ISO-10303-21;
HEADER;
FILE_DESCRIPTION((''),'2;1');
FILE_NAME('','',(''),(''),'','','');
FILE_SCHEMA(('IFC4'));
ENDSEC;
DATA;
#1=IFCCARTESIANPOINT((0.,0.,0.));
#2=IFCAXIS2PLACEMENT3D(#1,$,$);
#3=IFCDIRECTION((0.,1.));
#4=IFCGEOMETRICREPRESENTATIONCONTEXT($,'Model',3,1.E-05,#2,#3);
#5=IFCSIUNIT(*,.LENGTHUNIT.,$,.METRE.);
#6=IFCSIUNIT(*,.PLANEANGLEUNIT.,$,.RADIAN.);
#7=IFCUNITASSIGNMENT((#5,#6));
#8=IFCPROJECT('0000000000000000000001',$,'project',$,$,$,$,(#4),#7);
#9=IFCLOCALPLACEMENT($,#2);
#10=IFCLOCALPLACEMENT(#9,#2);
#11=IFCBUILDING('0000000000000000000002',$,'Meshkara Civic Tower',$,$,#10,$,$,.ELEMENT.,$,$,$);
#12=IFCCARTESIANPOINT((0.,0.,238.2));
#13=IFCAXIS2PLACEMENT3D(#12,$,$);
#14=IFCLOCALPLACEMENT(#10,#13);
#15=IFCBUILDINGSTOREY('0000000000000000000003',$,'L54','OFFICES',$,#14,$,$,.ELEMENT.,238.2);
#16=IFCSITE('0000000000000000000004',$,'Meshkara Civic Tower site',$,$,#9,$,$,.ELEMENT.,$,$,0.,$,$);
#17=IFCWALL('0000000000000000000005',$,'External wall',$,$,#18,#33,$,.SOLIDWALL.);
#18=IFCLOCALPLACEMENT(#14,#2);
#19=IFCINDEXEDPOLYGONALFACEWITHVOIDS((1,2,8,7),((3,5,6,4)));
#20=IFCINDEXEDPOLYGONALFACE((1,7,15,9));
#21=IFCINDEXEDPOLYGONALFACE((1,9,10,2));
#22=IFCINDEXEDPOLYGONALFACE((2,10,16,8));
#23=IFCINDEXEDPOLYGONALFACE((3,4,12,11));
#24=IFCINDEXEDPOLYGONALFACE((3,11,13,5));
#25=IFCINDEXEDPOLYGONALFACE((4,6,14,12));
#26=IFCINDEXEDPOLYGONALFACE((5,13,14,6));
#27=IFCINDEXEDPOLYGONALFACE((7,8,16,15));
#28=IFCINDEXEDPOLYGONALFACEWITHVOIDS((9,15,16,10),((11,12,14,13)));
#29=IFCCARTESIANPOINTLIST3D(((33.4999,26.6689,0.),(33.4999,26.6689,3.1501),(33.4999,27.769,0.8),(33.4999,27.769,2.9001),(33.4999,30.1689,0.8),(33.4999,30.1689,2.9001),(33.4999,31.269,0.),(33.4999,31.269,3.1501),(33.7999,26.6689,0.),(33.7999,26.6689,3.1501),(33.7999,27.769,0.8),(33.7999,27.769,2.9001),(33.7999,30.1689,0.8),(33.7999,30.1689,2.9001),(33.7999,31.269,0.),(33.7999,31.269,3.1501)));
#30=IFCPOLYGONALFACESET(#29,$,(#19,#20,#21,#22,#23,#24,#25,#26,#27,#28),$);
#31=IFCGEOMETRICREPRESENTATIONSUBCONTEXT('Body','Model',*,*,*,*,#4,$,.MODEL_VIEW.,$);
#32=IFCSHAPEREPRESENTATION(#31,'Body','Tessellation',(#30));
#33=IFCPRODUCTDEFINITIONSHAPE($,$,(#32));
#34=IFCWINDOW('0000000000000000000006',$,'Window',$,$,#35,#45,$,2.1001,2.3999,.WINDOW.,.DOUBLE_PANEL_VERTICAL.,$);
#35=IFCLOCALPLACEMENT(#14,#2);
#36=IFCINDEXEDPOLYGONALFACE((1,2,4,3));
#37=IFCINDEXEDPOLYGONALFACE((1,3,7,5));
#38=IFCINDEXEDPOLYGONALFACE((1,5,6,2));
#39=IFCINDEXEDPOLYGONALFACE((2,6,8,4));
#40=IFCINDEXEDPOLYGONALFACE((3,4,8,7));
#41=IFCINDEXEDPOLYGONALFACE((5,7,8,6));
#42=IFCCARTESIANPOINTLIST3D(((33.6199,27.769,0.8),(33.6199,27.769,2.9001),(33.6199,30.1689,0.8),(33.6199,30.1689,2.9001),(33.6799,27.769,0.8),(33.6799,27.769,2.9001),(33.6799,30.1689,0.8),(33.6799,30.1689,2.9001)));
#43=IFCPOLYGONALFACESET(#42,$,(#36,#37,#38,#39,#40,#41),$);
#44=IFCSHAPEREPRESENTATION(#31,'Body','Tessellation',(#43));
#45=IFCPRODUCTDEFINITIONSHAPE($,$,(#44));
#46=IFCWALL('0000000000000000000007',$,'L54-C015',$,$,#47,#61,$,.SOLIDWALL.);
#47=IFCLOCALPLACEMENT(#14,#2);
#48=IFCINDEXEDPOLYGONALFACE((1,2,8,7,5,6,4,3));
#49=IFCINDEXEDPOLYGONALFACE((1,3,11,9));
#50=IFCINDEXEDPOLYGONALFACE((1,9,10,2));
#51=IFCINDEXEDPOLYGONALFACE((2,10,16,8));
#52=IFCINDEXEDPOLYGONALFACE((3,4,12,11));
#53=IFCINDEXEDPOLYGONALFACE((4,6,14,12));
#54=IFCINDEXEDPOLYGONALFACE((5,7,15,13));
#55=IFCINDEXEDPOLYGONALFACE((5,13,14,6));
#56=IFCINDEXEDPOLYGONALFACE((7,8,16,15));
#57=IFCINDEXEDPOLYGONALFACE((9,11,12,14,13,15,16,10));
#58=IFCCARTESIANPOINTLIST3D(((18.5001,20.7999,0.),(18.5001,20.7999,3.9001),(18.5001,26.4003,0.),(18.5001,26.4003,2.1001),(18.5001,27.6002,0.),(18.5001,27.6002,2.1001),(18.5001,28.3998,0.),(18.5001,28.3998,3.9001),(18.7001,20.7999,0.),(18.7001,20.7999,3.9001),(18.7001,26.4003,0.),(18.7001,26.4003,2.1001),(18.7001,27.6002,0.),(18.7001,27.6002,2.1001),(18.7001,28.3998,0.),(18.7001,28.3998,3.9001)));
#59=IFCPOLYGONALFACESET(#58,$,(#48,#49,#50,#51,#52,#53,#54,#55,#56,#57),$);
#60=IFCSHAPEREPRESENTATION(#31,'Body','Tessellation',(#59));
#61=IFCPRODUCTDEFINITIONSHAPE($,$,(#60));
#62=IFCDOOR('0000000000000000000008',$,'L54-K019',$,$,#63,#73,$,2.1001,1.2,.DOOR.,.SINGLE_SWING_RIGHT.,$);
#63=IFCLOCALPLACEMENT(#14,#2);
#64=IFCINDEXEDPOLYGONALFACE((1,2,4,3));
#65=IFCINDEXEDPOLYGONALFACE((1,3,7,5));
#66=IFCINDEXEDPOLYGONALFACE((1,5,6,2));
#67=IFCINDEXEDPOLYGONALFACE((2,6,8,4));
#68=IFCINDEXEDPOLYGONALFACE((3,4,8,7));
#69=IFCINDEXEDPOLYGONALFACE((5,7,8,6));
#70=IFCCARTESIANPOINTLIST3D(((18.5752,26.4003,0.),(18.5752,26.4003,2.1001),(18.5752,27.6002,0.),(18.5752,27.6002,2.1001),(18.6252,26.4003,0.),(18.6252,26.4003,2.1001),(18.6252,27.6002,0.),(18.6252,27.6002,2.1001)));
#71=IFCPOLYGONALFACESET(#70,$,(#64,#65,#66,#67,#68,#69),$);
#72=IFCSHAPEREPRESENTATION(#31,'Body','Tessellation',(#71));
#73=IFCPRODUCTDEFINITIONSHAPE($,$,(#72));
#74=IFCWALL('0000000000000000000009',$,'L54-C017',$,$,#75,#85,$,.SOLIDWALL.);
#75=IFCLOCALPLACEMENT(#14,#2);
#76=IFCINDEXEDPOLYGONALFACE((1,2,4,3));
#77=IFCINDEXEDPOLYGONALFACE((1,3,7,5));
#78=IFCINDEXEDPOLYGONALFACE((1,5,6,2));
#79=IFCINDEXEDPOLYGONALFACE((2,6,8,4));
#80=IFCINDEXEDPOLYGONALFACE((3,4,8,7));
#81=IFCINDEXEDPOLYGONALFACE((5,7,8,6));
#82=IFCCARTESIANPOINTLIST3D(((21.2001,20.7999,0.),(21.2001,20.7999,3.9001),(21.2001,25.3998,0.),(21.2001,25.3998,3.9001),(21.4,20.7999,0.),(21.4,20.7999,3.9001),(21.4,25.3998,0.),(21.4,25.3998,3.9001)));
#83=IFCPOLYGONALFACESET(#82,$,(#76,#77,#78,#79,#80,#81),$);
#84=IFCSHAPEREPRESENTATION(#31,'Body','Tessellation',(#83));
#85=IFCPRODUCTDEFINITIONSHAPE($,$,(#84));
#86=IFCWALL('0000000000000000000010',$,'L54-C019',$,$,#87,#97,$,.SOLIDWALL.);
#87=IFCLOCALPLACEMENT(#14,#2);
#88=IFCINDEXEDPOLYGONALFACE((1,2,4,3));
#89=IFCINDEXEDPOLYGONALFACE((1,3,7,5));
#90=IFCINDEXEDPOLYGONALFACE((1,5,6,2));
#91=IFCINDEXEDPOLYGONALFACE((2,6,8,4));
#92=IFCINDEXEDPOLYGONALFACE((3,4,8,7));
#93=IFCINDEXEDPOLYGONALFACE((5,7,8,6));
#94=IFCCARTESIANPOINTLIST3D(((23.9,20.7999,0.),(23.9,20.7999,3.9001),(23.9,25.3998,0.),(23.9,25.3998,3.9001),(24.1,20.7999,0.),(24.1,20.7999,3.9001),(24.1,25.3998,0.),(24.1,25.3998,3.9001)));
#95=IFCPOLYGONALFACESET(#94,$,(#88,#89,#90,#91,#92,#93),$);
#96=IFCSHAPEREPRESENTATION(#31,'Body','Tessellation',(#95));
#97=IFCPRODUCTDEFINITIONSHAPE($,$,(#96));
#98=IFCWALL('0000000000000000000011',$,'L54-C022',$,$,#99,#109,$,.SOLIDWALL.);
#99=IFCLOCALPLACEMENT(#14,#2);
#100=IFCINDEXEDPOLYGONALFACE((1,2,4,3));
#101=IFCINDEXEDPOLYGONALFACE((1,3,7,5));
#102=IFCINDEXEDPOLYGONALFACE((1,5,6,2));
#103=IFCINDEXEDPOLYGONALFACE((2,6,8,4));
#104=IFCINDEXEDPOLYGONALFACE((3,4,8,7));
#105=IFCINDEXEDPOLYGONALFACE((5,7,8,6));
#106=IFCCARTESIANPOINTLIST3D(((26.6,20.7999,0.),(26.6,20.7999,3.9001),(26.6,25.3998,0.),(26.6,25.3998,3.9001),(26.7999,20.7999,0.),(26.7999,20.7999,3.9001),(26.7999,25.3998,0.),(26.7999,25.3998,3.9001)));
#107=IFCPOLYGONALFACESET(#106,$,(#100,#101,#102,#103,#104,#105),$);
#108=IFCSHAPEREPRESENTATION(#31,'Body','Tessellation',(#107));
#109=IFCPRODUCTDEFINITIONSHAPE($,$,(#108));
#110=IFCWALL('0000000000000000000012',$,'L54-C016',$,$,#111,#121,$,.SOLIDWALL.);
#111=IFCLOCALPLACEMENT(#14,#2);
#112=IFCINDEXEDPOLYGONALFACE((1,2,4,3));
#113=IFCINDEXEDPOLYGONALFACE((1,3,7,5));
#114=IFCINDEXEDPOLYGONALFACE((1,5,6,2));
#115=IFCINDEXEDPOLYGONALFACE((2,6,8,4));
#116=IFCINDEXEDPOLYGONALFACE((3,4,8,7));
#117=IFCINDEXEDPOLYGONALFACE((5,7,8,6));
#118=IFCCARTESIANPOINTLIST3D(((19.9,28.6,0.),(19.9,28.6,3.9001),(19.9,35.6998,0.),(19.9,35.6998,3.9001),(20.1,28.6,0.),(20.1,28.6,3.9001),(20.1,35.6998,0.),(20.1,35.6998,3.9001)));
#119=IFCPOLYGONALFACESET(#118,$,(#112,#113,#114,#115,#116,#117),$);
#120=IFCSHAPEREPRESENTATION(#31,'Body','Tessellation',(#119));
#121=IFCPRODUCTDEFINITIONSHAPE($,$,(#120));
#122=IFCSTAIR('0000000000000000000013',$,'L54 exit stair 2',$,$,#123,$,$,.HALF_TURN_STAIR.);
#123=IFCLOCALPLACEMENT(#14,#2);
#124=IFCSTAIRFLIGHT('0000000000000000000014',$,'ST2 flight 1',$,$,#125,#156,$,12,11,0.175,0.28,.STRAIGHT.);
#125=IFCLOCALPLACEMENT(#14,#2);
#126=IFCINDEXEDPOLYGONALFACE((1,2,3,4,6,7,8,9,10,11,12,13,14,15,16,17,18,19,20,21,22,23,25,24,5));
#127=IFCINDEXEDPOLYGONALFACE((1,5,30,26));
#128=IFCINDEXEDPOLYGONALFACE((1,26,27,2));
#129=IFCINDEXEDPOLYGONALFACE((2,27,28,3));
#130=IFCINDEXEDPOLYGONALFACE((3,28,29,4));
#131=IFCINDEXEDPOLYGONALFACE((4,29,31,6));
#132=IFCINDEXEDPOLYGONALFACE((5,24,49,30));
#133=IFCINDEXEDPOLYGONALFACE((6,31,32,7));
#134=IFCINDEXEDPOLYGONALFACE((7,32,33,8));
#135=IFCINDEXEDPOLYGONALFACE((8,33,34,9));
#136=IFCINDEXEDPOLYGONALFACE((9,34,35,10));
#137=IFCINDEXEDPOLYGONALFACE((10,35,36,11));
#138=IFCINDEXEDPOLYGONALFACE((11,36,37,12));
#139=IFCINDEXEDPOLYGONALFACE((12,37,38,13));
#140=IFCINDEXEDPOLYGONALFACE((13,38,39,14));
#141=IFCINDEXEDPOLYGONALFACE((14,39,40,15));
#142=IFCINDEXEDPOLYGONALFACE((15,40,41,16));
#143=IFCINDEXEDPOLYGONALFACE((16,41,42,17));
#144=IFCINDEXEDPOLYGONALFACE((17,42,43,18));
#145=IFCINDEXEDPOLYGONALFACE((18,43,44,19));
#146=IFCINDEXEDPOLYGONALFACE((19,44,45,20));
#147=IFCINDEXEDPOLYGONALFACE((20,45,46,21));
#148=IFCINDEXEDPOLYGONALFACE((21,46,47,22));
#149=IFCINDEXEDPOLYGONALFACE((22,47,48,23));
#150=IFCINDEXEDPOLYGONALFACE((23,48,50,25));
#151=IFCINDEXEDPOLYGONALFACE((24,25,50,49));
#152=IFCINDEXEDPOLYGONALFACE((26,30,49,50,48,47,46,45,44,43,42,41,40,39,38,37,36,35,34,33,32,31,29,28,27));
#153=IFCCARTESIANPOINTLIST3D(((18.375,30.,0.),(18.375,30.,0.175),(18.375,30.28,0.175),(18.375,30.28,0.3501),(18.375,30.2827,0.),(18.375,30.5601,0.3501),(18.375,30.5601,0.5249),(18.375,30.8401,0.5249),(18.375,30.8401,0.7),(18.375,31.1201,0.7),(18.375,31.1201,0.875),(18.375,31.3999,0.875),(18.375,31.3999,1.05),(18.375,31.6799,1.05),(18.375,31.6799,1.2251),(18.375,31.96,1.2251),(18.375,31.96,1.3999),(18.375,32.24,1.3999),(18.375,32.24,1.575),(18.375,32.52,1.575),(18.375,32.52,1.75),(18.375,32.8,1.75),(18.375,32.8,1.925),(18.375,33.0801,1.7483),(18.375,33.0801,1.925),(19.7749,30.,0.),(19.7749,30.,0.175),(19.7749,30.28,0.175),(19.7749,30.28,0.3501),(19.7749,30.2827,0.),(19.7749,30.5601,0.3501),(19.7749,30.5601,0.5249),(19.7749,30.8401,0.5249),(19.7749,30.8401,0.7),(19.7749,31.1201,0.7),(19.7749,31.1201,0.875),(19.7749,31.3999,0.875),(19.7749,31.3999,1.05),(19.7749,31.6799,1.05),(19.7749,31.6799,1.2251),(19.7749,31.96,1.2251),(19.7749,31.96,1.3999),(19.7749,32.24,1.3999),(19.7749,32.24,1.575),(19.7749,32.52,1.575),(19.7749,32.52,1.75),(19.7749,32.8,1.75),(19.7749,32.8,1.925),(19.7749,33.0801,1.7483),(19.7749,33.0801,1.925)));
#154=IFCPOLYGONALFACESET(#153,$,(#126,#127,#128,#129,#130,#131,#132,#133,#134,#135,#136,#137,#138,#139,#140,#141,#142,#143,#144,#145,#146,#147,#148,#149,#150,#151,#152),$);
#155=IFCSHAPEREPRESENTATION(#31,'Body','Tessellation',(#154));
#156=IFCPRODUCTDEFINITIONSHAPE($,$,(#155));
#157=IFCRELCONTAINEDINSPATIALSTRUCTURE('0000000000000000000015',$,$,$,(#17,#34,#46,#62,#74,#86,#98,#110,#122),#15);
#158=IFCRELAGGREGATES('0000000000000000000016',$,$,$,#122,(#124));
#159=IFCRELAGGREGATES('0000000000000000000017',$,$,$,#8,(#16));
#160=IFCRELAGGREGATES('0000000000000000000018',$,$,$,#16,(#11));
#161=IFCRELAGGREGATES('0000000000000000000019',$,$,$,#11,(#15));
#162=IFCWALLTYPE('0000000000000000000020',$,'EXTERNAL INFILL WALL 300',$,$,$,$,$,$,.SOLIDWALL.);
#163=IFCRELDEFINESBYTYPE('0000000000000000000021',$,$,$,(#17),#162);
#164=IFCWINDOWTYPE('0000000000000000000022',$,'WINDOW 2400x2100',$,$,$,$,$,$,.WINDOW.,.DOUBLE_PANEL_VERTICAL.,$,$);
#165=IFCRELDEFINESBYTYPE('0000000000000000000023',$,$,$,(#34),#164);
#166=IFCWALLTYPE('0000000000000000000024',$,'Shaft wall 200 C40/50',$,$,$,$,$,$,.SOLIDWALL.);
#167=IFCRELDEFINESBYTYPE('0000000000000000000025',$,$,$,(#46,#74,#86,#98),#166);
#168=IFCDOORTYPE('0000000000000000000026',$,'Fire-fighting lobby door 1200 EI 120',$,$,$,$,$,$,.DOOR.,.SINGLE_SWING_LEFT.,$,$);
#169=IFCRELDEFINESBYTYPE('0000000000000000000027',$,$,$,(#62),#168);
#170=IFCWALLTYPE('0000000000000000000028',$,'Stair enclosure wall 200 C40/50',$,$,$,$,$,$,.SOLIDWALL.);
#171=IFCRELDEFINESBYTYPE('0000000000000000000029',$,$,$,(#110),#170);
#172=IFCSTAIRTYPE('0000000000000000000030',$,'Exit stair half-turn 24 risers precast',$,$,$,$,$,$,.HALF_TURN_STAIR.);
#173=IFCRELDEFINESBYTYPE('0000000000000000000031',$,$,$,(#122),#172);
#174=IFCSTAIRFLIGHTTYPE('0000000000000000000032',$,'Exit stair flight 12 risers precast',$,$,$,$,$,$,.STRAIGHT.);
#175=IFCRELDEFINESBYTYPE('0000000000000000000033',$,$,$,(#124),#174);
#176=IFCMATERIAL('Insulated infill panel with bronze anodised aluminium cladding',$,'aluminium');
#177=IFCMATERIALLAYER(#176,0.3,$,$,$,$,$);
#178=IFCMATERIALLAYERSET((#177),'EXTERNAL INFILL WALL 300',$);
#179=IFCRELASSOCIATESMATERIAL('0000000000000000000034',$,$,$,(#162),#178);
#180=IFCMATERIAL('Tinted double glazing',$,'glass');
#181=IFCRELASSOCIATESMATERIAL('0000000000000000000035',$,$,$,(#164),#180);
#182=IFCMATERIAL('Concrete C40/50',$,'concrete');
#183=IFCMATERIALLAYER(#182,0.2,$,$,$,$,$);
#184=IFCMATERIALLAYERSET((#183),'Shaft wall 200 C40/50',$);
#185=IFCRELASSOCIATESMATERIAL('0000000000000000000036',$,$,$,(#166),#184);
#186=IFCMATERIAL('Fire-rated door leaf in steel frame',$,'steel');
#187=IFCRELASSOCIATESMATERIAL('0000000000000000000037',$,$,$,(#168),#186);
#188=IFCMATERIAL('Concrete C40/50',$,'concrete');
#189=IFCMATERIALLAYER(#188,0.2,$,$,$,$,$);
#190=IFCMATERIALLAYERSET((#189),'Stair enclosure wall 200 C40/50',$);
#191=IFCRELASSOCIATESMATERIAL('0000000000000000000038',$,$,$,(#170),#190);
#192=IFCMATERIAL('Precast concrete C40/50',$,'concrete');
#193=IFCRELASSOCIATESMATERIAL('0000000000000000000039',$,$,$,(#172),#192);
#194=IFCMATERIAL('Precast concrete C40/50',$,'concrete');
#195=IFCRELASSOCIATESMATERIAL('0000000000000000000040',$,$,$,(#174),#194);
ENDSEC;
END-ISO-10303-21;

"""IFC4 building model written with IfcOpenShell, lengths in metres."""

from ifc_helpers import new_model, si_unit, direction, frame, frame_2d, origin, place, context, subcontext, project, spatial, polyline, rectangle, outline, extrude, material, layer, layer_set, type_object, element, fill, aggregate, save


model = new_model("IFC4")

# Units and contexts
model_context = context("Model", 3, precision=1e-05, world=origin(), true_north=direction((0.0, 1.0)))
body_context = subcontext(model_context, "Body", "Model", "MODEL_VIEW")
ifc_project = project(units=[si_unit("LENGTHUNIT", "METRE"), si_unit("PLANEANGLEUNIT", "RADIAN")], contexts=[model_context])

# Site, building, storey
site_placement = place(None, origin())
site = spatial("IfcSite", under=ifc_project, at=site_placement, Name="Meshkara Civic Tower site", CompositionType="ELEMENT", RefElevation=0.0)
building_placement = place(site_placement, origin())
building = spatial("IfcBuilding", under=site, at=building_placement, Name="Meshkara Civic Tower", CompositionType="ELEMENT")
storey_placement = place(building_placement, frame((0.0, 0.0, 238.2)))
storey = spatial("IfcBuildingStorey", under=building, at=storey_placement, Name="L54", Description="OFFICES", CompositionType="ELEMENT", Elevation=238.2)

# Wall, opening, window
ifc_material_1 = material(Name="Insulated infill panel with bronze anodised aluminium cladding", Category="aluminium")
ifc_layer_1 = layer(ifc_material_1, 0.3)
ifc_layer_set_1 = layer_set([ifc_layer_1], Name="EXTERNAL INFILL WALL 300")
wall_type_1 = type_object("IfcWallType", Name="EXTERNAL INFILL WALL 300", PredefinedType="SOLIDWALL", material=ifc_layer_set_1)
ifc_material_2 = material(Name="Tinted double glazing", Category="glass")
window_type = type_object("IfcWindowType", Name="WINDOW 2400x2100", PartitioningType="DOUBLE_PANEL_VERTICAL", PredefinedType="WINDOW", material=ifc_material_2)
wall_1_placement = place(storey_placement, frame((33.6499, 26.6689, 0.0), z_axis=(0.0, 0.0, 1.0), x_axis=(0.0, 1.0, 0.0)))
wall_1 = element("IfcWall", 1, at=wall_1_placement, inside=storey, type_object=wall_type_1, Name="External wall", PredefinedType="SOLIDWALL", context=body_context, shape_type="SweptSolid", body=[
    extrude(rectangle(XDim=4.6001, YDim=0.3, at=frame_2d((2.3, 0.0))), origin(), (0.0, 0.0, 1.0), 3.1501),
])
opening_1_placement = place(wall_1_placement, frame((1.1001, 0.0, 0.8)))
opening_1 = element("IfcOpeningElement", 2, at=opening_1_placement, cuts=wall_1, PredefinedType="OPENING", context=body_context, shape_type="SweptSolid", body=[
    extrude(rectangle(XDim=2.3999, YDim=2.1001, at=frame_2d((1.2, 1.05))), frame((0.0, 0.1599, 0.0), z_axis=(0.0, -1.0, 0.0), x_axis=(1.0, 0.0, 0.0)), (0.0, 0.0, 1.0), 0.3201),
])
window_1_placement = place(opening_1_placement, origin())
window_1 = element("IfcWindow", 3, at=window_1_placement, inside=storey, type_object=window_type, Name="Window", OverallHeight=2.1001, OverallWidth=2.3999, PartitioningType="DOUBLE_PANEL_VERTICAL", PredefinedType="WINDOW", context=body_context, shape_type="SweptSolid", body=[
    extrude(rectangle(XDim=2.3999, YDim=2.1001, at=frame_2d((1.2, 1.05))), frame((0.0, 0.03, 0.0), z_axis=(0.0, -1.0, 0.0), x_axis=(1.0, 0.0, 0.0)), (0.0, 0.0, 1.0), 0.0601),
])
fill(opening_1, window_1)

# Wall, opening, door
ifc_material_3 = material(Name="Concrete C40/50", Category="concrete")
ifc_layer_2 = layer(ifc_material_3, 0.2)
ifc_layer_set_2 = layer_set([ifc_layer_2], Name="Shaft wall 200 C40/50")
wall_type_2 = type_object("IfcWallType", Name="Shaft wall 200 C40/50", PredefinedType="SOLIDWALL", material=ifc_layer_set_2)
wall_2_placement = place(storey_placement, frame((18.6001, 20.8, 0.0), z_axis=(0.0, 0.0, 1.0), x_axis=(0.0, 1.0, 0.0)))
wall_2 = element("IfcWall", 4, at=wall_2_placement, inside=storey, type_object=wall_type_2, Name="L54-C015", PredefinedType="SOLIDWALL", context=body_context, shape_type="SweptSolid", body=[
    extrude(rectangle(XDim=7.5999, YDim=0.2, at=frame_2d((3.7998, 0.0))), origin(), (0.0, 0.0, 1.0), 3.9001),
])
opening_2_placement = place(wall_2_placement, frame((5.6001, 0.0, 0.0)))
opening_2 = element("IfcOpeningElement", 5, at=opening_2_placement, cuts=wall_2, PredefinedType="OPENING", context=body_context, shape_type="SweptSolid", body=[
    extrude(rectangle(XDim=1.2, YDim=2.1001, at=frame_2d((0.6001, 1.05))), frame((0.0, 0.1099, 0.0), z_axis=(0.0, -1.0, 0.0), x_axis=(1.0, 0.0, 0.0)), (0.0, 0.0, 1.0), 0.22),
])
ifc_material_4 = material(Name="Fire-rated door leaf in steel frame", Category="steel")
door_type = type_object("IfcDoorType", Name="Fire-fighting lobby door 1200 EI 120", OperationType="SINGLE_SWING_LEFT", PredefinedType="DOOR", material=ifc_material_4)
door_placement = place(opening_2_placement, origin())
door = element("IfcDoor", 6, at=door_placement, inside=storey, type_object=door_type, Name="L54-K019", OperationType="SINGLE_SWING_RIGHT", OverallHeight=2.1001, OverallWidth=1.2, PredefinedType="DOOR", context=body_context, shape_type="SweptSolid", body=[
    extrude(rectangle(XDim=1.2, YDim=2.1001, at=frame_2d((0.6001, 1.05))), frame((0.0, 0.0249, 0.0), z_axis=(0.0, -1.0, 0.0), x_axis=(1.0, 0.0, 0.0)), (0.0, 0.0, 1.0), 0.05),
])
fill(opening_2, door)

# Walls
for number, where, z_axis, x_axis, name in (
    (7, (21.3, 20.8, 0.0), (0.0, 0.0, 1.0), (0.0, 1.0, 0.0), "L54-C017"),
    (8, (24.0, 20.8, 0.0), (0.0, 0.0, 1.0), (0.0, 1.0, 0.0), "L54-C019"),
    (9, (26.7, 20.8, 0.0), (0.0, 0.0, 1.0), (0.0, 1.0, 0.0), "L54-C022"),
):
    element("IfcWall", number, at=place(storey_placement, frame(where, z_axis=z_axis, x_axis=x_axis)), inside=storey, type_object=wall_type_2, Name=name, PredefinedType="SOLIDWALL", context=body_context, shape_type="SweptSolid", body=[
        extrude(rectangle(XDim=4.5999, YDim=0.2, at=frame_2d((2.2998, 0.0))), origin(), (0.0, 0.0, 1.0), 3.9001),
    ])
ifc_material_5 = material(Name="Concrete C40/50", Category="concrete")
ifc_layer_3 = layer(ifc_material_5, 0.2)
ifc_layer_set_3 = layer_set([ifc_layer_3], Name="Stair enclosure wall 200 C40/50")
wall_type_3 = type_object("IfcWallType", Name="Stair enclosure wall 200 C40/50", PredefinedType="SOLIDWALL", material=ifc_layer_set_3)
wall_3_placement = place(storey_placement, frame((20.0, 28.6001, 0.0), z_axis=(0.0, 0.0, 1.0), x_axis=(0.0, 1.0, 0.0)))
element("IfcWall", 10, at=wall_3_placement, inside=storey, type_object=wall_type_3, Name="L54-C016", PredefinedType="SOLIDWALL", context=body_context, shape_type="SweptSolid", body=[
    extrude(rectangle(XDim=7.0999, YDim=0.2, at=frame_2d((3.5498, 0.0))), origin(), (0.0, 0.0, 1.0), 3.9001),
])

# Stair, stair flight
ifc_material_6 = material(Name="Precast concrete C40/50", Category="concrete")
stair_type = type_object("IfcStairType", Name="Exit stair half-turn 24 risers precast", PredefinedType="HALF_TURN_STAIR", material=ifc_material_6)
stair_placement = place(storey_placement, origin())
stair = element("IfcStair", 11, at=stair_placement, inside=storey, type_object=stair_type, Name="L54 exit stair 2", PredefinedType="HALF_TURN_STAIR")
ifc_material_7 = material(Name="Precast concrete C40/50", Category="concrete")
stair_flight_type = type_object("IfcStairFlightType", Name="Exit stair flight 12 risers precast", PredefinedType="STRAIGHT", material=ifc_material_7)
stair_flight_placement = place(storey_placement, frame((19.075, 30.0, 0.0), z_axis=(0.0, 0.0, 1.0), x_axis=(0.0, 1.0, 0.0)))
stair_flight = element("IfcStairFlight", 12, at=stair_flight_placement, type_object=stair_flight_type, Name="ST2 flight 1", NumberOfRisers=12, NumberOfTreads=11, PredefinedType="STRAIGHT", RiserHeight=0.175, TreadLength=0.28, context=body_context, shape_type="SweptSolid", body=[
    extrude(outline(polyline([(0.0, 0.0), (0.0, 0.175), (0.28, 0.175), (0.28, 0.3501), (0.5601, 0.3501), (0.5601, 0.5249), (0.8401, 0.5249), (0.8401, 0.7), (1.1201, 0.7), (1.1201, 0.875), (1.3999, 0.875), (1.3999, 1.05), (1.6799, 1.05), (1.6799, 1.2251), (1.96, 1.2251), (1.96, 1.3999), (2.24, 1.3999), (2.24, 1.575), (2.52, 1.575), (2.52, 1.75), (2.8, 1.75), (2.8, 1.925), (3.0801, 1.925), (3.0801, 2.1001), (3.0801, 1.7483), (0.2827, 0.0), (0.0, 0.0)])), frame((0.0, 0.7, 0.0), z_axis=(0.0, -1.0, 0.0), x_axis=(1.0, 0.0, 0.0)), (0.0, 0.0, 1.0), 1.3999),
])
aggregate(stair, [stair_flight])

save(model, "model.ifc")
